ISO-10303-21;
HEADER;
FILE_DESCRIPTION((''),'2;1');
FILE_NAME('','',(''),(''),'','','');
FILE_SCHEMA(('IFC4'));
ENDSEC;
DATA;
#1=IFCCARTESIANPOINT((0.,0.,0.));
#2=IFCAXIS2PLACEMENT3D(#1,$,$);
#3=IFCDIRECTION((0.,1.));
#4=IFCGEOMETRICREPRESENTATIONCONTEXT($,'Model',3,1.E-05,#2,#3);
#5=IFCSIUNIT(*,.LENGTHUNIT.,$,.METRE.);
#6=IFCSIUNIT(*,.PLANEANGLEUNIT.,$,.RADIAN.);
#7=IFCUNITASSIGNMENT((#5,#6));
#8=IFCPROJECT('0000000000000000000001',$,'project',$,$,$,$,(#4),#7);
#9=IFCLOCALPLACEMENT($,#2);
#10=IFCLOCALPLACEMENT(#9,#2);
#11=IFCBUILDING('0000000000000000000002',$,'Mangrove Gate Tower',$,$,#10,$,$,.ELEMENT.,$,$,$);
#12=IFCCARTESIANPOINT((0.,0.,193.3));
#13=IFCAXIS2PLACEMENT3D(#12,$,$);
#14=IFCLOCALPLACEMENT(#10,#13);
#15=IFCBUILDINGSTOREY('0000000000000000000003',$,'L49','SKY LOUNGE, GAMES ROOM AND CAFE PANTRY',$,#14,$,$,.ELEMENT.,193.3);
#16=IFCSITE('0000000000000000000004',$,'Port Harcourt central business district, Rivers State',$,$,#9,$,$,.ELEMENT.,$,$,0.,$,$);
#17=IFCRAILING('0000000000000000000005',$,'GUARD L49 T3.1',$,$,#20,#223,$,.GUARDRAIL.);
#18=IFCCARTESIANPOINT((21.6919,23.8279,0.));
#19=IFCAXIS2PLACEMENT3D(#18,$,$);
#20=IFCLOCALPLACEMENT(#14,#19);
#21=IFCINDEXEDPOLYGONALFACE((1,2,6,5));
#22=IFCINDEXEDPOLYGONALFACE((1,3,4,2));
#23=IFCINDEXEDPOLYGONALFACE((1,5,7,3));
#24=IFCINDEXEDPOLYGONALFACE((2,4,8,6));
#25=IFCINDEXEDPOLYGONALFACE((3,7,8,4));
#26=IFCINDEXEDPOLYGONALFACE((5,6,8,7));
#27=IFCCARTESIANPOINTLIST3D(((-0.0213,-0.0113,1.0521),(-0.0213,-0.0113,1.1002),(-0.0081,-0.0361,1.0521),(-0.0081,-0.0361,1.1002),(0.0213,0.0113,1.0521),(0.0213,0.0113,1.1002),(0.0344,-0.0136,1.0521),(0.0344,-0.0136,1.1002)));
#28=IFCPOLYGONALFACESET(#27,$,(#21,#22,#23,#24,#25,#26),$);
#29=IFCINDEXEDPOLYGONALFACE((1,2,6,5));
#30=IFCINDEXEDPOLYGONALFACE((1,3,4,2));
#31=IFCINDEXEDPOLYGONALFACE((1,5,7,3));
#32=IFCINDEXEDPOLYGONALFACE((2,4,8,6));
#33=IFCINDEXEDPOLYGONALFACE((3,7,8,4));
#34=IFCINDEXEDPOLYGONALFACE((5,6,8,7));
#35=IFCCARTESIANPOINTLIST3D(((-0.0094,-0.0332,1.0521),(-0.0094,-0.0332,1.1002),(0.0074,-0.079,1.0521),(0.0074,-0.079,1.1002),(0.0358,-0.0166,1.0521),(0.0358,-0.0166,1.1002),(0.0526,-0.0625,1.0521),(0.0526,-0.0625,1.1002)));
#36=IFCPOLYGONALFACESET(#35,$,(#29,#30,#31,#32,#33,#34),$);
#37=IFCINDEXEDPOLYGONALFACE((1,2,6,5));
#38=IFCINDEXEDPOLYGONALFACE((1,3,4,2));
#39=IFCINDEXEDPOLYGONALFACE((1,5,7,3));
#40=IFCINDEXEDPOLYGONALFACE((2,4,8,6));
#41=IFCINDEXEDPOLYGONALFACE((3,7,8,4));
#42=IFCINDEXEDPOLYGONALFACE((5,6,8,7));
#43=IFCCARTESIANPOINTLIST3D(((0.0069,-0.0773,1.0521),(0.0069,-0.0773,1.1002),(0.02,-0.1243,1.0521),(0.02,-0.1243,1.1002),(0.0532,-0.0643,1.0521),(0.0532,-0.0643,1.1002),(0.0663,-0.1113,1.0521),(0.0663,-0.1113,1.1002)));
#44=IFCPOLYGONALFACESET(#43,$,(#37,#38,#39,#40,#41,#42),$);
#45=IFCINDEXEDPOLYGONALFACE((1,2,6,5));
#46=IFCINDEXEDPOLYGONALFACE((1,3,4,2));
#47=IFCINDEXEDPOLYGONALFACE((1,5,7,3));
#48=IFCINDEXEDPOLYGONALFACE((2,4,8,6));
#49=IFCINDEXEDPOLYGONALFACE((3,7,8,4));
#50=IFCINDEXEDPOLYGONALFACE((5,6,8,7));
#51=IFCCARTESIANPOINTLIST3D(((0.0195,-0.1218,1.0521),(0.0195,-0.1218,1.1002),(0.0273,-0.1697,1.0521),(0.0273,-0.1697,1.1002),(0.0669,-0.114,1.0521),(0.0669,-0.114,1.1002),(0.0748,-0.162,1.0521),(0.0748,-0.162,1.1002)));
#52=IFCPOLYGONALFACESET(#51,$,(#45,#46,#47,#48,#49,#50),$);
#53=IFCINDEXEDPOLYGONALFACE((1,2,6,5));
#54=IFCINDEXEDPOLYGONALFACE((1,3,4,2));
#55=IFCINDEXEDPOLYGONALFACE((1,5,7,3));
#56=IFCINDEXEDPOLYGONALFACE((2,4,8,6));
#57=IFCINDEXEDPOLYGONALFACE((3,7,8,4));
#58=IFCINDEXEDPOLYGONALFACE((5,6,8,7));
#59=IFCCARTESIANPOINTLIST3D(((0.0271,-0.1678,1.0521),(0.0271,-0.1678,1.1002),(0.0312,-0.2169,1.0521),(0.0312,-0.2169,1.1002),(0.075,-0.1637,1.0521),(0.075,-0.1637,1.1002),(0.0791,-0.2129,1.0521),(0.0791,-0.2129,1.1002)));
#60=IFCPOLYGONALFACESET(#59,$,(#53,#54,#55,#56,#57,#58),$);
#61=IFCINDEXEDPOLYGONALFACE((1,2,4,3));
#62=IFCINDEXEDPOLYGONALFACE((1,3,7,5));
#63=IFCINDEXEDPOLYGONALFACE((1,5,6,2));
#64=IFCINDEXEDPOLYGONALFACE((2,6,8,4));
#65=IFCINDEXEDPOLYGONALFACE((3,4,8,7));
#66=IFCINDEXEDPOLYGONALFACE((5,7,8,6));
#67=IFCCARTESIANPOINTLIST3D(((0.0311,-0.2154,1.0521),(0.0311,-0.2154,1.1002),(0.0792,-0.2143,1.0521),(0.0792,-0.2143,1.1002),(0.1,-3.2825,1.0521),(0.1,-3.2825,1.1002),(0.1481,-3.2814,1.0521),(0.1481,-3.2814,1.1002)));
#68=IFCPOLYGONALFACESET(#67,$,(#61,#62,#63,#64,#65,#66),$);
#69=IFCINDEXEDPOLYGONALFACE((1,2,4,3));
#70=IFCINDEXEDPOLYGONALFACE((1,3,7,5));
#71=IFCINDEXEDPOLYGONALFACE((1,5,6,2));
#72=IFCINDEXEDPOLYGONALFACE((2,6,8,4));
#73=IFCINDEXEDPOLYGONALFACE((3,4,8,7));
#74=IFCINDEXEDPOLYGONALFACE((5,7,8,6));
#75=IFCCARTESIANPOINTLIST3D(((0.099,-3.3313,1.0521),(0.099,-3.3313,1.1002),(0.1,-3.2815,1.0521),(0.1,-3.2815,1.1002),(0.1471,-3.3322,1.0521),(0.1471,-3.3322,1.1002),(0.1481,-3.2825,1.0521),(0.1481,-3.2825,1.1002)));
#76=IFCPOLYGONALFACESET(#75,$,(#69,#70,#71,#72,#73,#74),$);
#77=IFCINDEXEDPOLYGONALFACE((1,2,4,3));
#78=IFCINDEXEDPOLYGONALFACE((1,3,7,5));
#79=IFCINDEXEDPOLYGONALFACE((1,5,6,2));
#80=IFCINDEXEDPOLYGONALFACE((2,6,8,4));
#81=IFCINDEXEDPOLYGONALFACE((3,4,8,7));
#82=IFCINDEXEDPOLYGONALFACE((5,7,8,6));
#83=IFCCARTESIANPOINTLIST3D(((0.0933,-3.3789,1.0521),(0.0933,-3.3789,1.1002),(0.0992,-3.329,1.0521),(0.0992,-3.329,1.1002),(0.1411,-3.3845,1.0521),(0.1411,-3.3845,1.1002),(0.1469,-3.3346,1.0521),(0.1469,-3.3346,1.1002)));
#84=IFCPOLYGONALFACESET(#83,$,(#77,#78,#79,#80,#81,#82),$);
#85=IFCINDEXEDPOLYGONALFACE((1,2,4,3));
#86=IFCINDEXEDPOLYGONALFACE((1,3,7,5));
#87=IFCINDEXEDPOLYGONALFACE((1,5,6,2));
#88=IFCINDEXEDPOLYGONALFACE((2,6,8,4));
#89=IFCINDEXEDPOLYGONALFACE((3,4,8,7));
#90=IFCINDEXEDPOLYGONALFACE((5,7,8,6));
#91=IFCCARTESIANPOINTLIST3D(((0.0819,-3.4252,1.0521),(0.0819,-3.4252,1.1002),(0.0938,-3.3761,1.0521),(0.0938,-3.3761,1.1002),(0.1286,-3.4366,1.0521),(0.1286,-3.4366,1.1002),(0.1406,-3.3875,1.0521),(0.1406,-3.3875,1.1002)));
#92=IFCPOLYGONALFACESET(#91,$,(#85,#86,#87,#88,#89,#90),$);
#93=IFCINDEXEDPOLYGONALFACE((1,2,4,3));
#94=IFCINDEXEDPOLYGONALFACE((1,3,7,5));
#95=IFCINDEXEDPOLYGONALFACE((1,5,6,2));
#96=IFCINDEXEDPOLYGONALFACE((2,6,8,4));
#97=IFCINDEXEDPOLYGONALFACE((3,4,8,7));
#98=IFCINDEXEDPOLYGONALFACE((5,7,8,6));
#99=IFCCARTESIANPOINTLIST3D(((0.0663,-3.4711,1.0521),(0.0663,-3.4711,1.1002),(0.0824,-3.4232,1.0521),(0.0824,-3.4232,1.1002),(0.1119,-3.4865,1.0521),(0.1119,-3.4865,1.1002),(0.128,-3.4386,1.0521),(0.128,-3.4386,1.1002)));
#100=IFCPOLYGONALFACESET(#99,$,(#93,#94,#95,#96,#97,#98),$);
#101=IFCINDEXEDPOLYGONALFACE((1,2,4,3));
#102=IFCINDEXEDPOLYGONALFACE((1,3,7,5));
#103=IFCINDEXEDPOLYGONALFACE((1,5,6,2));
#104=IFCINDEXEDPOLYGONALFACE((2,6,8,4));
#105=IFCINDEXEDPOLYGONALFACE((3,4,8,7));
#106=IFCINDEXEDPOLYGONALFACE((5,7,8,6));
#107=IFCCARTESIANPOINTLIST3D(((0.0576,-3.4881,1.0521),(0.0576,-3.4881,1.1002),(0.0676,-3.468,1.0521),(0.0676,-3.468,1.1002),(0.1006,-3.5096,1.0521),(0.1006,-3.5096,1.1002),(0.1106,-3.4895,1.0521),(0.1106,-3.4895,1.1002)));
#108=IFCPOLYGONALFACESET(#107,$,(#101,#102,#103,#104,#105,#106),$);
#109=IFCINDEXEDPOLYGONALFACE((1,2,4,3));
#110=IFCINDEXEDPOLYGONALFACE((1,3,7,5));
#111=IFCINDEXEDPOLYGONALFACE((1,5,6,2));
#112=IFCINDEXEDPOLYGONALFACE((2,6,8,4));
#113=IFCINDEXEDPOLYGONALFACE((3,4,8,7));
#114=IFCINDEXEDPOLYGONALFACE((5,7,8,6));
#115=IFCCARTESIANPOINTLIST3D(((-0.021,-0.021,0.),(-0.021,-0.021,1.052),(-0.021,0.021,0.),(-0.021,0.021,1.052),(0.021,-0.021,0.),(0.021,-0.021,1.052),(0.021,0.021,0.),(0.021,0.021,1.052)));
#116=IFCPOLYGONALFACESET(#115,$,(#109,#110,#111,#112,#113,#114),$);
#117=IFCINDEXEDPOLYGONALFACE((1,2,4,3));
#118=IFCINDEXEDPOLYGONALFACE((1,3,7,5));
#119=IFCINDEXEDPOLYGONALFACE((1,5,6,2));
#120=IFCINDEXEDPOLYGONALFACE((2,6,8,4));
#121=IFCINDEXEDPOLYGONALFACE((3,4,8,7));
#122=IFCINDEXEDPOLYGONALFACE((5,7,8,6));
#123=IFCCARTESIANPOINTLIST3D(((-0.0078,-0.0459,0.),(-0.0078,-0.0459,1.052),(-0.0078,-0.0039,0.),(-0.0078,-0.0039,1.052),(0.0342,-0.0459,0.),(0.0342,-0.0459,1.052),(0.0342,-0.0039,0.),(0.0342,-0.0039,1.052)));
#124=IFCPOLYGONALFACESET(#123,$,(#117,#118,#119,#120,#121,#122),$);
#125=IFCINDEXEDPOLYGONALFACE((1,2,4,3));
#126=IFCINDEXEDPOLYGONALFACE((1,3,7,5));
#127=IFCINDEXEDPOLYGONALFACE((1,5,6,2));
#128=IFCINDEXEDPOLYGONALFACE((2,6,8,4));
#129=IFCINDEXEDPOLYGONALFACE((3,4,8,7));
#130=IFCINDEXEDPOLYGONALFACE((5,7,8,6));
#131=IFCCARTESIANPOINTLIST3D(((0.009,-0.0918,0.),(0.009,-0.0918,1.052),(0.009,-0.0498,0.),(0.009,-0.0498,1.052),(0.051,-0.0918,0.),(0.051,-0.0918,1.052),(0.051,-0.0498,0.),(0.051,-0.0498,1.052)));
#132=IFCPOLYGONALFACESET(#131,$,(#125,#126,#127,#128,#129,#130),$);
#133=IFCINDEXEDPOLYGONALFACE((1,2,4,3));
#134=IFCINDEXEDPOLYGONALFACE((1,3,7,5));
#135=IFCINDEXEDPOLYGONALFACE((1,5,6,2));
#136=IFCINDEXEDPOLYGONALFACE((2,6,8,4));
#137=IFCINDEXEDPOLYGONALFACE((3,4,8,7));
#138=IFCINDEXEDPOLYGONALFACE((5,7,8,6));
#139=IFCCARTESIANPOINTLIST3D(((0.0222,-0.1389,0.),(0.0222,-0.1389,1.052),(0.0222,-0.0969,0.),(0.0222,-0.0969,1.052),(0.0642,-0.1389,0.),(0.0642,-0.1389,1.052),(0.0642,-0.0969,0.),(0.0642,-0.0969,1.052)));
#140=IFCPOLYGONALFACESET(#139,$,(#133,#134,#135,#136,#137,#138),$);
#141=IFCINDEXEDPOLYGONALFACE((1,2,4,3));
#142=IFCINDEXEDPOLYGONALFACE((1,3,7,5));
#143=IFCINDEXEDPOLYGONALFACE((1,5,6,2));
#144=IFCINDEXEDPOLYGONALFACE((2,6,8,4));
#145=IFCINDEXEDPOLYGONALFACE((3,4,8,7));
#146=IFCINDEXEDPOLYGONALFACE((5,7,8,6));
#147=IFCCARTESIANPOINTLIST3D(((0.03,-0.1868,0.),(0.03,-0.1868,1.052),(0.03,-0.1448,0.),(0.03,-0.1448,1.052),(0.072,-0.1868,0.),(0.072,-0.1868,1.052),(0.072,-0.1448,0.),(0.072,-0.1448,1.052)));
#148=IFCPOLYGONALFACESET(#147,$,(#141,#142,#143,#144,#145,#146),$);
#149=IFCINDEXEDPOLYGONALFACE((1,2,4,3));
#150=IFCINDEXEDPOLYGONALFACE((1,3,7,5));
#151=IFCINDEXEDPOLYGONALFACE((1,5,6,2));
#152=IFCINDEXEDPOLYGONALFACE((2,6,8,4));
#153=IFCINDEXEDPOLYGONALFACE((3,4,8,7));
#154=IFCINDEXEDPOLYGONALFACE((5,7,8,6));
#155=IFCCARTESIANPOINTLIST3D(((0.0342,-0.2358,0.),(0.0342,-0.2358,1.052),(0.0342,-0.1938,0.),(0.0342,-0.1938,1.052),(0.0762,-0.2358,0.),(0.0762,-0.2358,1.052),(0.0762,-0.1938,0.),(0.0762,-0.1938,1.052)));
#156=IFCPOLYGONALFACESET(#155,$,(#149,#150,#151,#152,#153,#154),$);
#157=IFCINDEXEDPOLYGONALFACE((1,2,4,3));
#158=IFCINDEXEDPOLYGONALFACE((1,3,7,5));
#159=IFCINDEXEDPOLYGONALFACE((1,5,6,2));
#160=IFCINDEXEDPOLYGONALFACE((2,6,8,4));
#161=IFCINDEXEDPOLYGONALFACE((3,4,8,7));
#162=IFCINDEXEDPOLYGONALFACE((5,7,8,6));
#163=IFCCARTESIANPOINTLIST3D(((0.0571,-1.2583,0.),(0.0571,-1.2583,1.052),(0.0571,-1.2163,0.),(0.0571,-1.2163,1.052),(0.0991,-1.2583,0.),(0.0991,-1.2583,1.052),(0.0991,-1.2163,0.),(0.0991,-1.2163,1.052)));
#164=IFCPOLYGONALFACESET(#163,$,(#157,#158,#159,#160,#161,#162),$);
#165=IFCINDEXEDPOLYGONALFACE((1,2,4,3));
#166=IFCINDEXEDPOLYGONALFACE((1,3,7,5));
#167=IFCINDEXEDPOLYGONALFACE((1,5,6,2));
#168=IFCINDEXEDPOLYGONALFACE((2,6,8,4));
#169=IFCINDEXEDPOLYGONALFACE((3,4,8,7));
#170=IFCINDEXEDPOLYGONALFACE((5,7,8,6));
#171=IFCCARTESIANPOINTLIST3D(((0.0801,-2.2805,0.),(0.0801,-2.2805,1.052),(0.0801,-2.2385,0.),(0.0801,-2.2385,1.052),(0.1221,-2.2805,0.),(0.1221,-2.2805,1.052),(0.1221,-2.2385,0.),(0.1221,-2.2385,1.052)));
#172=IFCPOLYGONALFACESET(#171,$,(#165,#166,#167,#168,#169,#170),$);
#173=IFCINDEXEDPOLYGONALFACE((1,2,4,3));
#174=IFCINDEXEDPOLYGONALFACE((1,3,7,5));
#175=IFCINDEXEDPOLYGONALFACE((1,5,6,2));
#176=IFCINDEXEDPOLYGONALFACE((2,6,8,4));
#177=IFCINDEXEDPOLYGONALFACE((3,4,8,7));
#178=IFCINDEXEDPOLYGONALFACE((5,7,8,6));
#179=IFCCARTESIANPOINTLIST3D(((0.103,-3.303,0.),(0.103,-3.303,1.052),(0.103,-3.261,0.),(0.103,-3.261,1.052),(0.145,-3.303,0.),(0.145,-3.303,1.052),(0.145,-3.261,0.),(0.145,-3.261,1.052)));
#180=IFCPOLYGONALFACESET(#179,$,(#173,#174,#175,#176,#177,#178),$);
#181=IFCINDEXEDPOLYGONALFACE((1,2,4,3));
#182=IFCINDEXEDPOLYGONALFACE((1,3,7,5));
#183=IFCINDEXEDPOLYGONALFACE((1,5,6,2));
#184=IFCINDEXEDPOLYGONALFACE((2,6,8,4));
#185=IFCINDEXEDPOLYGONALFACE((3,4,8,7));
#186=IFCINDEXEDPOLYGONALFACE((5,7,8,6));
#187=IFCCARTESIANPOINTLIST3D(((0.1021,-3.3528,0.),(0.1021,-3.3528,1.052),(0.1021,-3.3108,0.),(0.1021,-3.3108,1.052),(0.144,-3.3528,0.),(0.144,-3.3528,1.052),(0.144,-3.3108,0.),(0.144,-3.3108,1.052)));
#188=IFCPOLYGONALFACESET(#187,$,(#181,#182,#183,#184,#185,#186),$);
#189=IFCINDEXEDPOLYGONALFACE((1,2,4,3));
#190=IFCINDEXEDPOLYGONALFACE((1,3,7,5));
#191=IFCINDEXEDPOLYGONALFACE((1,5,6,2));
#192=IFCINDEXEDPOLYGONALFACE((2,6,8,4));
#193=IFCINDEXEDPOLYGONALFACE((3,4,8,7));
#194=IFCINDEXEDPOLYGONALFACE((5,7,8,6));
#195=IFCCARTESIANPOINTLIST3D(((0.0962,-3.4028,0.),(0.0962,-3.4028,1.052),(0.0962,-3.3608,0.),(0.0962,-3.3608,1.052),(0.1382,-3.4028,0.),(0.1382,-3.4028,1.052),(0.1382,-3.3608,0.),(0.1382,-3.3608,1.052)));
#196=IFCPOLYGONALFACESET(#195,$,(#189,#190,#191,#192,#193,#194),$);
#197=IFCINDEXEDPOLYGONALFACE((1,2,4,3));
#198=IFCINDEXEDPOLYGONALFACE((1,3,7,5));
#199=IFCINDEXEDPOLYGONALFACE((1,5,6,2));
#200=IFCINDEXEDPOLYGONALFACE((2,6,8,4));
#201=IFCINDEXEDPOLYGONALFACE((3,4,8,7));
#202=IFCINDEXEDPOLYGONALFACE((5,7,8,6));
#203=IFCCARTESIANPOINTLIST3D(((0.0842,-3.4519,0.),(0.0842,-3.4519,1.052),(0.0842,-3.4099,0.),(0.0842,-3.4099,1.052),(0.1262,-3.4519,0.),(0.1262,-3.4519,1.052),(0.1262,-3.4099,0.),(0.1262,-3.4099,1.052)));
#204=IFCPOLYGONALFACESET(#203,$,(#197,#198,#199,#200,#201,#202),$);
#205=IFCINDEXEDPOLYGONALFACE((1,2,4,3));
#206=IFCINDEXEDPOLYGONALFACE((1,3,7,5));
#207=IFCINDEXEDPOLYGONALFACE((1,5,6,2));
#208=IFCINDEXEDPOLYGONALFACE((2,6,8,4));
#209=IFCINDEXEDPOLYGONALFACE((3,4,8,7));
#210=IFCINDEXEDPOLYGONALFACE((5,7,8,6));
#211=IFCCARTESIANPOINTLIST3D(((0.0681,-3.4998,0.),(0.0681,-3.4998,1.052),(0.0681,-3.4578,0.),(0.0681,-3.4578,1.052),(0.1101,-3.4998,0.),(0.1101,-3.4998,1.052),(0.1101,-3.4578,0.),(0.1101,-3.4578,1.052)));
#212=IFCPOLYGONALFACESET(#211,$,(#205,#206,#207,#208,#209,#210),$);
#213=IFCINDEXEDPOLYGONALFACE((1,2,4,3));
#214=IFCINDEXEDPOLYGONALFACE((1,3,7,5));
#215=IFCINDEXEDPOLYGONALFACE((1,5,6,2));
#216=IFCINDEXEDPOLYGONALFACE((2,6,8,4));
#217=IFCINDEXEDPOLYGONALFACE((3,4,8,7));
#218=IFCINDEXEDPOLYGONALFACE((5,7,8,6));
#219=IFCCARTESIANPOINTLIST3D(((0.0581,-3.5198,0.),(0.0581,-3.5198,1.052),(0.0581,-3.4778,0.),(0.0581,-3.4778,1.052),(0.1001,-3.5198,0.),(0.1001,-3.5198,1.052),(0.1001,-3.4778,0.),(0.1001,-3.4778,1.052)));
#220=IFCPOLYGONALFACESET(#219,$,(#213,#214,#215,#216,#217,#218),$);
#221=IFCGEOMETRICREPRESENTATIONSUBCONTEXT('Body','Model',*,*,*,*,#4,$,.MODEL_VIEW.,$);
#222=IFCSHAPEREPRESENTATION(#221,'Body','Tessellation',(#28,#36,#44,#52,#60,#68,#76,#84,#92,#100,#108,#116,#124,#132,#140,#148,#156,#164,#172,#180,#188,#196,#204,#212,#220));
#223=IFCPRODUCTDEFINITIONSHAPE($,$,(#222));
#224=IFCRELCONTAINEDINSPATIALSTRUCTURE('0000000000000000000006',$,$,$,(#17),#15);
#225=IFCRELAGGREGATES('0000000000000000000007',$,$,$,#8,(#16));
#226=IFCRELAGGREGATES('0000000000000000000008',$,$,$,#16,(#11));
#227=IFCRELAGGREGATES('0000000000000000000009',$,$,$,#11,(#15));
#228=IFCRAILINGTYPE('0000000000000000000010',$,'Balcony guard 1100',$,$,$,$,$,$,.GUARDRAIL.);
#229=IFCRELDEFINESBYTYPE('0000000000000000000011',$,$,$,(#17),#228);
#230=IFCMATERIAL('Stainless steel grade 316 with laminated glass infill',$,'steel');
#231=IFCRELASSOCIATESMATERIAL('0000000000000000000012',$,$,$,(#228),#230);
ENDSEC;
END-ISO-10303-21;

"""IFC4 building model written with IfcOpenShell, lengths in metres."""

from ifc_helpers import new_model, si_unit, direction, frame, origin, origin_2d, place, context, subcontext, project, spatial, rectangle, extrude, material, type_object, element, save


model = new_model("IFC4")

# Units and contexts
model_context = context("Model", 3, precision=1e-05, world=origin(), true_north=direction((0.0, 1.0)))
body_context = subcontext(model_context, "Body", "Model", "MODEL_VIEW")
ifc_project = project(units=[si_unit("LENGTHUNIT", "METRE"), si_unit("PLANEANGLEUNIT", "RADIAN")], contexts=[model_context])

# Site, building, storey
site_placement = place(None, origin())
site = spatial("IfcSite", under=ifc_project, at=site_placement, Name="Port Harcourt central business district, Rivers State", CompositionType="ELEMENT", RefElevation=0.0)
building_placement = place(site_placement, origin())
building = spatial("IfcBuilding", under=site, at=building_placement, Name="Mangrove Gate Tower", CompositionType="ELEMENT")
storey_placement = place(building_placement, frame((0.0, 0.0, 193.3)))
storey = spatial("IfcBuildingStorey", under=building, at=storey_placement, Name="L49", Description="SKY LOUNGE, GAMES ROOM AND CAFE PANTRY", CompositionType="ELEMENT", Elevation=193.3)

# Railing
ifc_material_1 = material(Name="Stainless steel grade 316 with laminated glass infill", Category="steel")
railing_type = type_object("IfcRailingType", Name="Balcony guard 1100", PredefinedType="GUARDRAIL", material=ifc_material_1)
railing_1_placement = place(storey_placement, frame((21.6919, 23.8279, 0.0)))
element("IfcRailing", 1, at=railing_1_placement, inside=storey, type_object=railing_type, Name="GUARD L49 T3.1", PredefinedType="GUARDRAIL", context=body_context, shape_type="SweptSolid", body=[
    extrude(rectangle(XDim=0.0481, YDim=0.0481, at=origin_2d()), frame((0.0, 0.0, 1.0762), z_axis=(0.467888, -0.883788, 0.0), x_axis=(0.883788, 0.467888, 0.0)), (0.0, 0.0, 1.0), 0.0281),
    extrude(rectangle(XDim=0.0481, YDim=0.0481, at=origin_2d()), frame((0.0132, -0.0249, 1.0762), z_axis=(0.344548, -0.938769, 0.0), x_axis=(0.938769, 0.344548, 0.0)), (0.0, 0.0, 1.0), 0.0488),
    extrude(rectangle(XDim=0.0481, YDim=0.0481, at=origin_2d()), frame((0.03, -0.0708, 1.0762), z_axis=(0.269445, -0.963016, 0.0), x_axis=(0.963016, 0.269445, 0.0)), (0.0, 0.0, 1.0), 0.0488),
    extrude(rectangle(XDim=0.0481, YDim=0.0481, at=origin_2d()), frame((0.0432, -0.1179, 1.0762), z_axis=(0.161132, -0.986933, 0.0), x_axis=(0.986933, 0.161132, 0.0)), (0.0, 0.0, 1.0), 0.0486),
    extrude(rectangle(XDim=0.0481, YDim=0.0481, at=origin_2d()), frame((0.051, -0.1658, 1.0762), z_axis=(0.084276, -0.996442, 0.0), x_axis=(0.996442, 0.084276, 0.0)), (0.0, 0.0, 1.0), 0.0493),
    extrude(rectangle(XDim=0.0481, YDim=0.0481, at=origin_2d()), frame((0.0552, -0.2148, 1.0762), z_axis=(0.022441, -0.999748, 0.0), x_axis=(0.999748, 0.022441, 0.0)), (0.0, 0.0, 1.0), 3.0679),
    extrude(rectangle(XDim=0.0481, YDim=0.0481, at=origin_2d()), frame((0.124, -3.282, 1.0762), z_axis=(-0.019604, -0.999808, 0.0), x_axis=(0.999808, -0.019604, 0.0)), (0.0, 0.0, 1.0), 0.0498),
    extrude(rectangle(XDim=0.0481, YDim=0.0481, at=origin_2d()), frame((0.123, -3.3318, 1.0762), z_axis=(-0.116279, -0.993217, 0.0), x_axis=(0.993217, -0.116279, 0.0)), (0.0, 0.0, 1.0), 0.0503),
    extrude(rectangle(XDim=0.0481, YDim=0.0481, at=origin_2d()), frame((0.1172, -3.3818, 1.0762), z_axis=(-0.236845, -0.971547, 0.0), x_axis=(0.971547, -0.236845, 0.0)), (0.0, 0.0, 1.0), 0.0505),
    extrude(rectangle(XDim=0.0481, YDim=0.0481, at=origin_2d()), frame((0.1052, -3.4309, 1.0762), z_axis=(-0.319127, -0.947712, 0.0), x_axis=(0.947712, -0.319127, 0.0)), (0.0, 0.0, 1.0), 0.0505),
    extrude(rectangle(XDim=0.0481, YDim=0.0481, at=origin_2d()), frame((0.0891, -3.4788, 1.0762), z_axis=(-0.447214, -0.894427, 0.0), x_axis=(0.894427, -0.447214, 0.0)), (0.0, 0.0, 1.0), 0.0225),
    extrude(rectangle(XDim=0.042, YDim=0.042, at=origin_2d()), origin(), (0.0, 0.0, 1.0), 1.052),
    extrude(rectangle(XDim=0.042, YDim=0.042, at=origin_2d()), frame((0.0132, -0.0249, 0.0)), (0.0, 0.0, 1.0), 1.052),
    extrude(rectangle(XDim=0.042, YDim=0.042, at=origin_2d()), frame((0.03, -0.0708, 0.0)), (0.0, 0.0, 1.0), 1.052),
    extrude(rectangle(XDim=0.042, YDim=0.042, at=origin_2d()), frame((0.0432, -0.1179, 0.0)), (0.0, 0.0, 1.0), 1.052),
    extrude(rectangle(XDim=0.042, YDim=0.042, at=origin_2d()), frame((0.051, -0.1658, 0.0)), (0.0, 0.0, 1.0), 1.052),
    extrude(rectangle(XDim=0.042, YDim=0.042, at=origin_2d()), frame((0.0552, -0.2148, 0.0)), (0.0, 0.0, 1.0), 1.052),
    extrude(rectangle(XDim=0.042, YDim=0.042, at=origin_2d()), frame((0.0781, -1.2373, 0.0)), (0.0, 0.0, 1.0), 1.052),
    extrude(rectangle(XDim=0.042, YDim=0.042, at=origin_2d()), frame((0.1011, -2.2595, 0.0)), (0.0, 0.0, 1.0), 1.052),
    extrude(rectangle(XDim=0.042, YDim=0.042, at=origin_2d()), frame((0.124, -3.282, 0.0)), (0.0, 0.0, 1.0), 1.052),
    extrude(rectangle(XDim=0.042, YDim=0.042, at=origin_2d()), frame((0.123, -3.3318, 0.0)), (0.0, 0.0, 1.0), 1.052),
    extrude(rectangle(XDim=0.042, YDim=0.042, at=origin_2d()), frame((0.1172, -3.3818, 0.0)), (0.0, 0.0, 1.0), 1.052),
    extrude(rectangle(XDim=0.042, YDim=0.042, at=origin_2d()), frame((0.1052, -3.4309, 0.0)), (0.0, 0.0, 1.0), 1.052),
    extrude(rectangle(XDim=0.042, YDim=0.042, at=origin_2d()), frame((0.0891, -3.4788, 0.0)), (0.0, 0.0, 1.0), 1.052),
    extrude(rectangle(XDim=0.042, YDim=0.042, at=origin_2d()), frame((0.0791, -3.4988, 0.0)), (0.0, 0.0, 1.0), 1.052),
])

save(model, "model.ifc")
